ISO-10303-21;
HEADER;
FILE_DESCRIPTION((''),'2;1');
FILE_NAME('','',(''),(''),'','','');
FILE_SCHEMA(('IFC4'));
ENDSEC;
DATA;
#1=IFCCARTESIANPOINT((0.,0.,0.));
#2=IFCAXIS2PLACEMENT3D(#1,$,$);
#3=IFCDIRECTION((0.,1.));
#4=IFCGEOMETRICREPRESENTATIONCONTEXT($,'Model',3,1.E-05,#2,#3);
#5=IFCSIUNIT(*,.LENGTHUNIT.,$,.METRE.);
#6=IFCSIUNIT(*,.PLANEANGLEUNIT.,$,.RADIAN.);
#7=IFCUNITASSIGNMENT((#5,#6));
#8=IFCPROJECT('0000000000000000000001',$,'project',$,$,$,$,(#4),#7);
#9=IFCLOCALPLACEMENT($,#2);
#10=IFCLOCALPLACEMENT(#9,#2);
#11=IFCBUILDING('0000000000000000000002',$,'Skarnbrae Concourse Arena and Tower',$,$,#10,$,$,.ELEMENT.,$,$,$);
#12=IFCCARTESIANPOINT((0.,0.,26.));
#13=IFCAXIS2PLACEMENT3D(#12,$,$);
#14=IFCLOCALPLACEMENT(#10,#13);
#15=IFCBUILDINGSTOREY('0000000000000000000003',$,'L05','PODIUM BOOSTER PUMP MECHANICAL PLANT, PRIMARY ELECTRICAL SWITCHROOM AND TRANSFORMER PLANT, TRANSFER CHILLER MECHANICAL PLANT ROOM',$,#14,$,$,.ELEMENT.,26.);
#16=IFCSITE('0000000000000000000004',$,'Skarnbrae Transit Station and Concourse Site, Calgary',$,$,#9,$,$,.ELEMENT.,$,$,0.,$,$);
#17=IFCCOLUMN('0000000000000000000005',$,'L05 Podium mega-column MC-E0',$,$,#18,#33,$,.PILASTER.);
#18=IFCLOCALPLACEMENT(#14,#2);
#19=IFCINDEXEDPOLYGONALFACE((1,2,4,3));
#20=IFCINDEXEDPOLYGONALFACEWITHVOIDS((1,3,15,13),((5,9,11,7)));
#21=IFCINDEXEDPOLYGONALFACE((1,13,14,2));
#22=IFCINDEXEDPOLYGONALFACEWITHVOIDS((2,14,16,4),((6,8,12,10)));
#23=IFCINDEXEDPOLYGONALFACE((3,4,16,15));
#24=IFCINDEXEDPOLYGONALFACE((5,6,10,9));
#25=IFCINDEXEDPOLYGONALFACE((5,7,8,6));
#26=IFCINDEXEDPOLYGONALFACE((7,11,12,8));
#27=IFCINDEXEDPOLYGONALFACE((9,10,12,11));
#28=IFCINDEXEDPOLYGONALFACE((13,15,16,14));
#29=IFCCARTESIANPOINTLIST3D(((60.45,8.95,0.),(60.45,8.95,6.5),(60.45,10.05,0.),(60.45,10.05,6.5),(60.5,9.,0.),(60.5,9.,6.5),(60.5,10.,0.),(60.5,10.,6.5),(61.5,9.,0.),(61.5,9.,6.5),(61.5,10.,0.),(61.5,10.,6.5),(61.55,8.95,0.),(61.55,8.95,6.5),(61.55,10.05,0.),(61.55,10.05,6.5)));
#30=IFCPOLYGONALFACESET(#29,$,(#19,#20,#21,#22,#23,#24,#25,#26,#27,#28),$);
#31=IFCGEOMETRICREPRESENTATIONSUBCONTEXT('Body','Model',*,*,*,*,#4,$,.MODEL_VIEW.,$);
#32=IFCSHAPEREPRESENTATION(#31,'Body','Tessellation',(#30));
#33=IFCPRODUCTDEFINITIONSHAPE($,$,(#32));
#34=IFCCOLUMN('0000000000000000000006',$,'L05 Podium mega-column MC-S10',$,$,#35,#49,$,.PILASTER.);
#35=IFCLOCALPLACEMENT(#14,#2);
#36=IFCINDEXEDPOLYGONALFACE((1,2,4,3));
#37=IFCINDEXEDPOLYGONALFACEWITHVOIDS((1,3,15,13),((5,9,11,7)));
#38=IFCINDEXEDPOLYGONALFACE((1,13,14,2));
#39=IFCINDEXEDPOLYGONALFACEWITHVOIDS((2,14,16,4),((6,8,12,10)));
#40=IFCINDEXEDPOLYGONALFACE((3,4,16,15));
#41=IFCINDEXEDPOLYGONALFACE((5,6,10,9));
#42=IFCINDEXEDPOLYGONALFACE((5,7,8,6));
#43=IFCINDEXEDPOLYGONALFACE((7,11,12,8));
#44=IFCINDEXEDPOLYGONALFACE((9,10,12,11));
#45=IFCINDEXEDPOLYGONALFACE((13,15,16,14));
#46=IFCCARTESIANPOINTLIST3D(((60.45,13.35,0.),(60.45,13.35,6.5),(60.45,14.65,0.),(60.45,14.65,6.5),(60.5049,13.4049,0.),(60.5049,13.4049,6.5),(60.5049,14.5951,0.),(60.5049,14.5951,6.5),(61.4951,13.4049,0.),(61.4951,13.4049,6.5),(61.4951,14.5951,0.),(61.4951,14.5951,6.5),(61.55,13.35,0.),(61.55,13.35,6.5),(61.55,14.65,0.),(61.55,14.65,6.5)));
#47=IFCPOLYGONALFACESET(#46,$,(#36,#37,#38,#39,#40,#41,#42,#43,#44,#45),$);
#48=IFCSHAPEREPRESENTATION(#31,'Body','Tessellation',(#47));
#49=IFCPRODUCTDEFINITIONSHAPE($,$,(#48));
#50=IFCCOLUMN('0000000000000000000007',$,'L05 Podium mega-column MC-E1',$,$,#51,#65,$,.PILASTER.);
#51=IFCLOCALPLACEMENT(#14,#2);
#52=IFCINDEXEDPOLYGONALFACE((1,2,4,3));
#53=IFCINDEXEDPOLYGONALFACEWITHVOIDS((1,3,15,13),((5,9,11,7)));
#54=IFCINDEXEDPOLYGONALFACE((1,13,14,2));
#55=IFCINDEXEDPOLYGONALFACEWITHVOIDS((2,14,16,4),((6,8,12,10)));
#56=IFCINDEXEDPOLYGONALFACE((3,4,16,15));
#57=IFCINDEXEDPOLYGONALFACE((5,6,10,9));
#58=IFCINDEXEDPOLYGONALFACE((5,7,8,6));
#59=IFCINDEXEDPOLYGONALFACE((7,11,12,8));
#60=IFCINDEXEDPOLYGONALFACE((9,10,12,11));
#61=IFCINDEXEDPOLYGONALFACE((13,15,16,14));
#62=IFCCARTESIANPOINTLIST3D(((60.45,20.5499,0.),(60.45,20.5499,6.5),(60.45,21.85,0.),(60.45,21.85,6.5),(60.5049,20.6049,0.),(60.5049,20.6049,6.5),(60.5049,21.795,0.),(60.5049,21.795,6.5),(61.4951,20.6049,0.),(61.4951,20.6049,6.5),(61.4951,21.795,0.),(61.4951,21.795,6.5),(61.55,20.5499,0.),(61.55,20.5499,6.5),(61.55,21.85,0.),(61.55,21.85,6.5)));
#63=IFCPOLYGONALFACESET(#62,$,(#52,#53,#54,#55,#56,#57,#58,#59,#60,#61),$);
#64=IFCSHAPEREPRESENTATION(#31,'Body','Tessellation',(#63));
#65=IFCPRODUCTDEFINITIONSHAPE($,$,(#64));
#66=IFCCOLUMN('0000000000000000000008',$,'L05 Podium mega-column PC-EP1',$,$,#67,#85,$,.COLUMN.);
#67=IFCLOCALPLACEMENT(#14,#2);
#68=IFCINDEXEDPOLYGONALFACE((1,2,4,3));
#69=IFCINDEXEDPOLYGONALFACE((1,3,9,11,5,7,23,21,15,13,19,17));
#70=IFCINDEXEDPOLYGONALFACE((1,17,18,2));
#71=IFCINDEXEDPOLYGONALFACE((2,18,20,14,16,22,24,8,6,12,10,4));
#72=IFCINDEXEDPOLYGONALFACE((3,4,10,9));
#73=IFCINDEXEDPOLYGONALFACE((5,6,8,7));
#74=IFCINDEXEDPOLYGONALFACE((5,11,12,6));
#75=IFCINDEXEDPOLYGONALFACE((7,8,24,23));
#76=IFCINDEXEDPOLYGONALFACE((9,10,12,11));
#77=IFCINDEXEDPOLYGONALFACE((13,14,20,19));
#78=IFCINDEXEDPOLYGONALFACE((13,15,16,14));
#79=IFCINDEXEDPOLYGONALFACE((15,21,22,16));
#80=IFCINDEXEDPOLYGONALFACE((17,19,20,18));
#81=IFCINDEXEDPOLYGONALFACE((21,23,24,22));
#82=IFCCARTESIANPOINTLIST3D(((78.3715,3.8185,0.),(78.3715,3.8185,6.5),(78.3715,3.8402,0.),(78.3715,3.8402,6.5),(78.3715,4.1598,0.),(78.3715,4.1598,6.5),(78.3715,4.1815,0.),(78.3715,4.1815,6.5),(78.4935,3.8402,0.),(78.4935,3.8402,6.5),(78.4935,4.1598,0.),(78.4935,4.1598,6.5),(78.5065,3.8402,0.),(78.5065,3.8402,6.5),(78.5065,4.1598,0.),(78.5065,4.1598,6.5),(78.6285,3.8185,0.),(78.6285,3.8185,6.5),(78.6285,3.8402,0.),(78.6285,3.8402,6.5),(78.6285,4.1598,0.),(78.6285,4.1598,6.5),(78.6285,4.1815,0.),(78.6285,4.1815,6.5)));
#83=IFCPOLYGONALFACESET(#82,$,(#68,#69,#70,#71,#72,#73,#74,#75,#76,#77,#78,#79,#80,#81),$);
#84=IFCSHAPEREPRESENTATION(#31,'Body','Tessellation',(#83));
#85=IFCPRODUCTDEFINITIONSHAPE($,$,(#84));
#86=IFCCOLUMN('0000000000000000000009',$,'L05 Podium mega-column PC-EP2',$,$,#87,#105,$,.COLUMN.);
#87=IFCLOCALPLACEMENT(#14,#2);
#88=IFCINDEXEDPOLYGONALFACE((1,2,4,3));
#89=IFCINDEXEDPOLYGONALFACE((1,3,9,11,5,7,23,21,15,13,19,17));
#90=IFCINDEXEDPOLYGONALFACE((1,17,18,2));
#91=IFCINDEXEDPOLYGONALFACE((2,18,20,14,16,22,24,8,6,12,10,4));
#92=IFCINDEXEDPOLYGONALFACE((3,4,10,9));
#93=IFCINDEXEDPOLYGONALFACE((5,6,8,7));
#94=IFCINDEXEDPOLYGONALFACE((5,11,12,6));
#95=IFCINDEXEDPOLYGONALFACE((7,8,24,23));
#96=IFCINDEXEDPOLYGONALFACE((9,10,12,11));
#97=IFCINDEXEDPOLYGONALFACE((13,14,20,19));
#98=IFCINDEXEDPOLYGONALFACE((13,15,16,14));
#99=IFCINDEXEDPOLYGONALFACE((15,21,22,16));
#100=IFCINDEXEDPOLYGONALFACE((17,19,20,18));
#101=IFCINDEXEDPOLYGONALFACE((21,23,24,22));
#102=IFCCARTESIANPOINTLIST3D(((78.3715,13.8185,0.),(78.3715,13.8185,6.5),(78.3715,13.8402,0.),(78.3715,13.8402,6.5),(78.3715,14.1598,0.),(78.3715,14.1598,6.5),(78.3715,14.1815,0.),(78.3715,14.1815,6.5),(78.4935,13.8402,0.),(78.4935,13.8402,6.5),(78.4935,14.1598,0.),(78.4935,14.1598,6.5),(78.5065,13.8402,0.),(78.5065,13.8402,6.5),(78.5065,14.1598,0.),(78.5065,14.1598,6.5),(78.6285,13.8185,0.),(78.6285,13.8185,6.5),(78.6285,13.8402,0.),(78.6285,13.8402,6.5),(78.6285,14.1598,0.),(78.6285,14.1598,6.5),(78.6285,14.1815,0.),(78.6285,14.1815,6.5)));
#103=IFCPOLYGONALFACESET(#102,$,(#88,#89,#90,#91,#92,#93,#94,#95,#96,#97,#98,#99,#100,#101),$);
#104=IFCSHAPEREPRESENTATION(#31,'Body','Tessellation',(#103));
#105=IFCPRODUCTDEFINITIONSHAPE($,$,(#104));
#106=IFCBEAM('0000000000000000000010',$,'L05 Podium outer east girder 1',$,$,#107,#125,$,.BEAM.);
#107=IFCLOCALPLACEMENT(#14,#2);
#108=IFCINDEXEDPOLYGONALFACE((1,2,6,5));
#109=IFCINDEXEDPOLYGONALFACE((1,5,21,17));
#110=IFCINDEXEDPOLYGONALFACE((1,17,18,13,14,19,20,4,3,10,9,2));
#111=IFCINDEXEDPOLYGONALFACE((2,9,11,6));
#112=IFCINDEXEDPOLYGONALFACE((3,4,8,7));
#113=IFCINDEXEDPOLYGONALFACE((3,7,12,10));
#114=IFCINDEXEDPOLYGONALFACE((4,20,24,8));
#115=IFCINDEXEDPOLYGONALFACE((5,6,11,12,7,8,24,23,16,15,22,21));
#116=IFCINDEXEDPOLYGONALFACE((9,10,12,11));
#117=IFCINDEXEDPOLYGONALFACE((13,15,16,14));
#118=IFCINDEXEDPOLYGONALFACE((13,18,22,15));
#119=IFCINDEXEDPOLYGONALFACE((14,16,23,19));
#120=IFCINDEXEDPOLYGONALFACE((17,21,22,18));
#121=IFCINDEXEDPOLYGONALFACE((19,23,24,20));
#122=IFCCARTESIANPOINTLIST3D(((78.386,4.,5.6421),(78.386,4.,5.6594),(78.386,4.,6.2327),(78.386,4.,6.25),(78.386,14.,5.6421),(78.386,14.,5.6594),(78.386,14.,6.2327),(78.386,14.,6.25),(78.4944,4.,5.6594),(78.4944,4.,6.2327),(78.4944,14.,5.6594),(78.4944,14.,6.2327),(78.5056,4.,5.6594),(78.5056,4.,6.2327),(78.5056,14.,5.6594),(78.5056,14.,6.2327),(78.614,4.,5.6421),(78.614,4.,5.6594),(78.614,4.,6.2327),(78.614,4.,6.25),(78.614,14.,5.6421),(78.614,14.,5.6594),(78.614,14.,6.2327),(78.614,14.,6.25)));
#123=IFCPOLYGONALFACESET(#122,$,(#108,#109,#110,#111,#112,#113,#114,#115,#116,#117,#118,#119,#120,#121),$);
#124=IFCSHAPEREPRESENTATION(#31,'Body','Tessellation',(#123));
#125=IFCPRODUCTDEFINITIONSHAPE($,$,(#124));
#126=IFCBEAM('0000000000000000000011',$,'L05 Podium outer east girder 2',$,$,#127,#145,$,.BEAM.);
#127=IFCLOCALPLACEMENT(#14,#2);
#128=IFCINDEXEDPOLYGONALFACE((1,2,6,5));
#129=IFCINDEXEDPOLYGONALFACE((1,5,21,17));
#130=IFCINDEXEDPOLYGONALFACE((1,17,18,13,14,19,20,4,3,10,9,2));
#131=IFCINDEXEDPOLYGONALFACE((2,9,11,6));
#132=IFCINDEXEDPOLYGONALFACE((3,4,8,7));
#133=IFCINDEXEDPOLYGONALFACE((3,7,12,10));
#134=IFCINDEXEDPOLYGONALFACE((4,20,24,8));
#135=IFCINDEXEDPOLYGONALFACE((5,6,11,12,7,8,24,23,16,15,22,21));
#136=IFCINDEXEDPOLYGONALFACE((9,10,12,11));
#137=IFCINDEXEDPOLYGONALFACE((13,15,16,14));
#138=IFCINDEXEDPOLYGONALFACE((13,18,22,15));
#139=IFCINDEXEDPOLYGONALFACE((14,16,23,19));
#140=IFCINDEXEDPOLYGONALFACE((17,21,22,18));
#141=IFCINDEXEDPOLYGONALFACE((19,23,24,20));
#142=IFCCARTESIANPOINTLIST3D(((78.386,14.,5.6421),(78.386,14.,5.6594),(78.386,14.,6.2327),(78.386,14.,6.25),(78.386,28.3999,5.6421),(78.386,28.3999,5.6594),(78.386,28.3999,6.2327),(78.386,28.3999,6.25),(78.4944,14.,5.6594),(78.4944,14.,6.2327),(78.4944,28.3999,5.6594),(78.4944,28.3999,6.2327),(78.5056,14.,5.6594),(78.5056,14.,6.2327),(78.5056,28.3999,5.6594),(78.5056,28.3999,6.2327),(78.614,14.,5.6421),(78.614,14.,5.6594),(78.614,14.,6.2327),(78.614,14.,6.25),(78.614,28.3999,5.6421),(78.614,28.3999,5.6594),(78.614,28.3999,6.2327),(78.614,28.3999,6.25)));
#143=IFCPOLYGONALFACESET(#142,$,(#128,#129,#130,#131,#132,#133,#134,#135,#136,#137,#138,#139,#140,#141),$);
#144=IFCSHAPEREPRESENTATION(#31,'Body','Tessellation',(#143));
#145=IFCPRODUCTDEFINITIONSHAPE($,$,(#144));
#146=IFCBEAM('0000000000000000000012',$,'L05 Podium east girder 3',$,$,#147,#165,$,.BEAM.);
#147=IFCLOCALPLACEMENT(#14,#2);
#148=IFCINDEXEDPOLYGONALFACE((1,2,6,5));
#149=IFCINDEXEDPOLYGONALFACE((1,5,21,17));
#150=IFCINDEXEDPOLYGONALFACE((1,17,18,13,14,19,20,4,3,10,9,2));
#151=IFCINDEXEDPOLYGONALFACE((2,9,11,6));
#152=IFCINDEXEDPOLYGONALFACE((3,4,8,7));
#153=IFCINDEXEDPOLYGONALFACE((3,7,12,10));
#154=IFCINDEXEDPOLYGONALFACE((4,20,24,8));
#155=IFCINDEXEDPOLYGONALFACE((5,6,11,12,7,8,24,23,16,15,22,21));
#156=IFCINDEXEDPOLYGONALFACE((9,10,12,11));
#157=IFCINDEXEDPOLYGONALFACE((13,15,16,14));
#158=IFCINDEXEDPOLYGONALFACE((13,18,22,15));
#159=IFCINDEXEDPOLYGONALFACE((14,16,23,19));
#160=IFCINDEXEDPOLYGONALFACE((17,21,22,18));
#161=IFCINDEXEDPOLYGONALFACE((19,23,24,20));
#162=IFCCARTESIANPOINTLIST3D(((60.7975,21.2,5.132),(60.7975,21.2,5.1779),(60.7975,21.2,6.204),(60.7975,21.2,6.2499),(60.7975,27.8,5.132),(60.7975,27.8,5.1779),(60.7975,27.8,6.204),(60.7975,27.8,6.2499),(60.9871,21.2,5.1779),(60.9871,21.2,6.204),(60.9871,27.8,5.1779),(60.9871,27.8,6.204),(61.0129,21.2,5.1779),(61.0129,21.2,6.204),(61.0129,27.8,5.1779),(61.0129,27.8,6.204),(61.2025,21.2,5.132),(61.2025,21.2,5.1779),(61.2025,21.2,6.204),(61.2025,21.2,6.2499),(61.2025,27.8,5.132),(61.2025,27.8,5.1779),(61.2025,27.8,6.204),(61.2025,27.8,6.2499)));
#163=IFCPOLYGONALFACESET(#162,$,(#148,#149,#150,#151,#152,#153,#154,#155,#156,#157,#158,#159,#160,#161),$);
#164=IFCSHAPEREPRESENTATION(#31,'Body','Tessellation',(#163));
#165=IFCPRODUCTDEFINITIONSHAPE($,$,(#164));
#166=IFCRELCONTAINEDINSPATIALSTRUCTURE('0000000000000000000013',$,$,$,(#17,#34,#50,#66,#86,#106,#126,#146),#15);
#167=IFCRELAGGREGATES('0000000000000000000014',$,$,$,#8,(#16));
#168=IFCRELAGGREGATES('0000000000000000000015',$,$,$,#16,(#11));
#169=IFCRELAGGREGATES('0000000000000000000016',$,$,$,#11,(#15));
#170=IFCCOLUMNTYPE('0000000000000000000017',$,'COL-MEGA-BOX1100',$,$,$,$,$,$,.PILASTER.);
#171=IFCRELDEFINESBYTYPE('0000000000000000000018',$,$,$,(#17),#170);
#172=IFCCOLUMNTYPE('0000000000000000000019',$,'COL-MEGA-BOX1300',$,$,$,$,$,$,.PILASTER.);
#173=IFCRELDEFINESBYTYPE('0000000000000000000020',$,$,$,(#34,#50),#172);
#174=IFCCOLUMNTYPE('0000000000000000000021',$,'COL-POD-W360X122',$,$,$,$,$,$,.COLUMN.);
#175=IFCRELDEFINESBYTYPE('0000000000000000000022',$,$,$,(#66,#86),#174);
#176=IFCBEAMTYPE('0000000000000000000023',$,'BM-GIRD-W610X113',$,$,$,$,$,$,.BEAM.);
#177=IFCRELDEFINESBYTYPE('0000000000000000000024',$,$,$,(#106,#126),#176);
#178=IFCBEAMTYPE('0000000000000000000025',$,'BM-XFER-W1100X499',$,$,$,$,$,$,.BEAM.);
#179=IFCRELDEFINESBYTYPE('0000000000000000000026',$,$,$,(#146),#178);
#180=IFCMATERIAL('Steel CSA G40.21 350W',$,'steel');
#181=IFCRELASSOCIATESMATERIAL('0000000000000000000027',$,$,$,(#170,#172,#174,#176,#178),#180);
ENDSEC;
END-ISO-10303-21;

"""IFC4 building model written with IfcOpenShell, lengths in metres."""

from ifc_helpers import new_model, si_unit, direction, frame, origin, origin_2d, place, context, subcontext, project, spatial, hollow_rectangle, i_section, extrude, source, transform, mapped, material, material_profile, profile_set, type_object, element, save


model = new_model("IFC4")

# Units and contexts
model_context = context("Model", 3, precision=1e-05, world=origin(), true_north=direction((0.0, 1.0)))
body_context = subcontext(model_context, "Body", "Model", "MODEL_VIEW")
ifc_project = project(units=[si_unit("LENGTHUNIT", "METRE"), si_unit("PLANEANGLEUNIT", "RADIAN")], contexts=[model_context])

# Site, building, storey
site_placement = place(None, origin())
site = spatial("IfcSite", under=ifc_project, at=site_placement, Name="Skarnbrae Transit Station and Concourse Site, Calgary", CompositionType="ELEMENT", RefElevation=0.0)
building_placement = place(site_placement, origin())
building = spatial("IfcBuilding", under=site, at=building_placement, Name="Skarnbrae Concourse Arena and Tower", CompositionType="ELEMENT")
storey_placement = place(building_placement, frame((0.0, 0.0, 26.0)))
storey = spatial("IfcBuildingStorey", under=building, at=storey_placement, Name="L05", Description="PODIUM BOOSTER PUMP MECHANICAL PLANT, PRIMARY ELECTRICAL SWITCHROOM AND TRANSFORMER PLANT, TRANSFER CHILLER MECHANICAL PLANT ROOM", CompositionType="ELEMENT", Elevation=26.0)

# Columns
ifc_material_1 = material(Name="Steel CSA G40.21 350W", Category="steel")
ifc_material_profile_1 = material_profile(ifc_material_1, hollow_rectangle(XDim=1.1001, YDim=1.1001, WallThickness=0.05, at=origin_2d()), Name="BOX1100X1100X50")
ifc_profile_set_1 = profile_set([ifc_material_profile_1], Name="Steel CSA G40.21 350W")
column_type_1 = type_object("IfcColumnType", Name="COL-MEGA-BOX1100", PredefinedType="PILASTER", material=ifc_profile_set_1)
shared_shape_1 = source(origin(), body_context, "Body", "SweptSolid", [
    extrude(hollow_rectangle(XDim=1.1001, YDim=1.1001, WallThickness=0.05, at=origin_2d()), origin(), (0.0, 0.0, 1.0), 6.5),
])
column_placement = place(storey_placement, frame((61.0, 9.5, 0.0), z_axis=(0.0, 0.0, 1.0), x_axis=(1.0, 0.0, 0.0)))
element("IfcColumn", 1, at=column_placement, inside=storey, type_object=column_type_1, Name="L05 Podium mega-column MC-E0", PredefinedType="PILASTER", context=body_context, shape_type="MappedRepresentation", body=[
    mapped(shared_shape_1, transform((0.0, 0.0, 0.0))),
])
ifc_material_profile_2 = material_profile(ifc_material_1, hollow_rectangle(XDim=1.1001, YDim=1.3, WallThickness=0.0549, at=origin_2d()), Name="BOX1300X1100X55")
ifc_profile_set_2 = profile_set([ifc_material_profile_2], Name="Steel CSA G40.21 350W")
column_type_2 = type_object("IfcColumnType", Name="COL-MEGA-BOX1300", PredefinedType="PILASTER", material=ifc_profile_set_2)
shared_shape_2 = source(origin(), body_context, "Body", "SweptSolid", [
    extrude(hollow_rectangle(XDim=1.1001, YDim=1.3, WallThickness=0.0549, at=origin_2d()), origin(), (0.0, 0.0, 1.0), 6.5),
])
for number, where, z_axis, x_axis, name in (
    (2, (61.0, 14.0, 0.0), (0.0, 0.0, 1.0), (1.0, 0.0, 0.0), "L05 Podium mega-column MC-S10"),
    (3, (61.0, 21.2, 0.0), (0.0, 0.0, 1.0), (1.0, 0.0, 0.0), "L05 Podium mega-column MC-E1"),
):
    element("IfcColumn", number, at=place(storey_placement, frame(where, z_axis=z_axis, x_axis=x_axis)), inside=storey, type_object=column_type_2, Name=name, PredefinedType="PILASTER", context=body_context, shape_type="MappedRepresentation", body=[
        mapped(shared_shape_2, transform((0.0, 0.0, 0.0))),
    ])
ifc_material_profile_3 = material_profile(ifc_material_1, i_section(OverallWidth=0.2571, OverallDepth=0.363, WebThickness=0.0129, FlangeThickness=0.0217, at=origin_2d()), Name="W360X122")
ifc_profile_set_3 = profile_set([ifc_material_profile_3], Name="Steel CSA G40.21 350W")
column_type_3 = type_object("IfcColumnType", Name="COL-POD-W360X122", PredefinedType="COLUMN", material=ifc_profile_set_3)
shared_shape_3 = source(origin(), body_context, "Body", "SweptSolid", [
    extrude(i_section(OverallWidth=0.2571, OverallDepth=0.363, WebThickness=0.0129, FlangeThickness=0.0217, at=origin_2d()), origin(), (0.0, 0.0, 1.0), 6.5),
])
for number, where, z_axis, x_axis, name in (
    (4, (78.5, 4.0, 0.0), (0.0, 0.0, 1.0), (1.0, 0.0, 0.0), "L05 Podium mega-column PC-EP1"),
    (5, (78.5, 14.0, 0.0), (0.0, 0.0, 1.0), (1.0, 0.0, 0.0), "L05 Podium mega-column PC-EP2"),
):
    element("IfcColumn", number, at=place(storey_placement, frame(where, z_axis=z_axis, x_axis=x_axis)), inside=storey, type_object=column_type_3, Name=name, PredefinedType="COLUMN", context=body_context, shape_type="MappedRepresentation", body=[
        mapped(shared_shape_3, transform((0.0, 0.0, 0.0))),
    ])

# Beams
ifc_material_profile_4 = material_profile(ifc_material_1, i_section(OverallWidth=0.228, OverallDepth=0.6079, WebThickness=0.0112, FlangeThickness=0.0173, at=origin_2d()), Name="W610X113")
ifc_profile_set_4 = profile_set([ifc_material_profile_4], Name="Steel CSA G40.21 350W")
beam_type_1 = type_object("IfcBeamType", Name="BM-GIRD-W610X113", PredefinedType="BEAM", material=ifc_profile_set_4)
shared_shape_4 = source(origin(), body_context, "Body", "SweptSolid", [
    extrude(i_section(OverallWidth=0.228, OverallDepth=0.6079, WebThickness=0.0112, FlangeThickness=0.0173, at=origin_2d()), origin(), (0.0, 0.0, 1.0), 10.0),
])
beam_1_placement = place(storey_placement, frame((78.5, 4.0, 5.946), z_axis=(0.0, 1.0, 0.0), x_axis=(-1.0, 0.0, 0.0)))
element("IfcBeam", 6, at=beam_1_placement, inside=storey, type_object=beam_type_1, Name="L05 Podium outer east girder 1", PredefinedType="BEAM", context=body_context, shape_type="MappedRepresentation", body=[
    mapped(shared_shape_4, transform((0.0, 0.0, 0.0))),
])
shared_shape_5 = source(origin(), body_context, "Body", "SweptSolid", [
    extrude(i_section(OverallWidth=0.228, OverallDepth=0.6079, WebThickness=0.0112, FlangeThickness=0.0173, at=origin_2d()), origin(), (0.0, 0.0, 1.0), 14.3999),
])
beam_2_placement = place(storey_placement, frame((78.5, 14.0, 5.946), z_axis=(0.0, 1.0, 0.0), x_axis=(-1.0, 0.0, 0.0)))
element("IfcBeam", 7, at=beam_2_placement, inside=storey, type_object=beam_type_1, Name="L05 Podium outer east girder 2", PredefinedType="BEAM", context=body_context, shape_type="MappedRepresentation", body=[
    mapped(shared_shape_5, transform((0.0, 0.0, 0.0))),
])
ifc_material_profile_5 = material_profile(ifc_material_1, i_section(OverallWidth=0.405, OverallDepth=1.1179, WebThickness=0.0259, FlangeThickness=0.0459, at=origin_2d()), Name="W1100X499")
ifc_profile_set_5 = profile_set([ifc_material_profile_5], Name="Steel CSA G40.21 350W")
beam_type_2 = type_object("IfcBeamType", Name="BM-XFER-W1100X499", PredefinedType="BEAM", material=ifc_profile_set_5)
shared_shape_6 = source(origin(), body_context, "Body", "SweptSolid", [
    extrude(i_section(OverallWidth=0.405, OverallDepth=1.1179, WebThickness=0.0259, FlangeThickness=0.0459, at=origin_2d()), origin(), (0.0, 0.0, 1.0), 6.6001),
])
beam_3_placement = place(storey_placement, frame((61.0, 21.2, 5.6909), z_axis=(0.0, 1.0, 0.0), x_axis=(-1.0, 0.0, 0.0)))
element("IfcBeam", 8, at=beam_3_placement, inside=storey, type_object=beam_type_2, Name="L05 Podium east girder 3", PredefinedType="BEAM", context=body_context, shape_type="MappedRepresentation", body=[
    mapped(shared_shape_6, transform((0.0, 0.0, 0.0))),
])

save(model, "model.ifc")
